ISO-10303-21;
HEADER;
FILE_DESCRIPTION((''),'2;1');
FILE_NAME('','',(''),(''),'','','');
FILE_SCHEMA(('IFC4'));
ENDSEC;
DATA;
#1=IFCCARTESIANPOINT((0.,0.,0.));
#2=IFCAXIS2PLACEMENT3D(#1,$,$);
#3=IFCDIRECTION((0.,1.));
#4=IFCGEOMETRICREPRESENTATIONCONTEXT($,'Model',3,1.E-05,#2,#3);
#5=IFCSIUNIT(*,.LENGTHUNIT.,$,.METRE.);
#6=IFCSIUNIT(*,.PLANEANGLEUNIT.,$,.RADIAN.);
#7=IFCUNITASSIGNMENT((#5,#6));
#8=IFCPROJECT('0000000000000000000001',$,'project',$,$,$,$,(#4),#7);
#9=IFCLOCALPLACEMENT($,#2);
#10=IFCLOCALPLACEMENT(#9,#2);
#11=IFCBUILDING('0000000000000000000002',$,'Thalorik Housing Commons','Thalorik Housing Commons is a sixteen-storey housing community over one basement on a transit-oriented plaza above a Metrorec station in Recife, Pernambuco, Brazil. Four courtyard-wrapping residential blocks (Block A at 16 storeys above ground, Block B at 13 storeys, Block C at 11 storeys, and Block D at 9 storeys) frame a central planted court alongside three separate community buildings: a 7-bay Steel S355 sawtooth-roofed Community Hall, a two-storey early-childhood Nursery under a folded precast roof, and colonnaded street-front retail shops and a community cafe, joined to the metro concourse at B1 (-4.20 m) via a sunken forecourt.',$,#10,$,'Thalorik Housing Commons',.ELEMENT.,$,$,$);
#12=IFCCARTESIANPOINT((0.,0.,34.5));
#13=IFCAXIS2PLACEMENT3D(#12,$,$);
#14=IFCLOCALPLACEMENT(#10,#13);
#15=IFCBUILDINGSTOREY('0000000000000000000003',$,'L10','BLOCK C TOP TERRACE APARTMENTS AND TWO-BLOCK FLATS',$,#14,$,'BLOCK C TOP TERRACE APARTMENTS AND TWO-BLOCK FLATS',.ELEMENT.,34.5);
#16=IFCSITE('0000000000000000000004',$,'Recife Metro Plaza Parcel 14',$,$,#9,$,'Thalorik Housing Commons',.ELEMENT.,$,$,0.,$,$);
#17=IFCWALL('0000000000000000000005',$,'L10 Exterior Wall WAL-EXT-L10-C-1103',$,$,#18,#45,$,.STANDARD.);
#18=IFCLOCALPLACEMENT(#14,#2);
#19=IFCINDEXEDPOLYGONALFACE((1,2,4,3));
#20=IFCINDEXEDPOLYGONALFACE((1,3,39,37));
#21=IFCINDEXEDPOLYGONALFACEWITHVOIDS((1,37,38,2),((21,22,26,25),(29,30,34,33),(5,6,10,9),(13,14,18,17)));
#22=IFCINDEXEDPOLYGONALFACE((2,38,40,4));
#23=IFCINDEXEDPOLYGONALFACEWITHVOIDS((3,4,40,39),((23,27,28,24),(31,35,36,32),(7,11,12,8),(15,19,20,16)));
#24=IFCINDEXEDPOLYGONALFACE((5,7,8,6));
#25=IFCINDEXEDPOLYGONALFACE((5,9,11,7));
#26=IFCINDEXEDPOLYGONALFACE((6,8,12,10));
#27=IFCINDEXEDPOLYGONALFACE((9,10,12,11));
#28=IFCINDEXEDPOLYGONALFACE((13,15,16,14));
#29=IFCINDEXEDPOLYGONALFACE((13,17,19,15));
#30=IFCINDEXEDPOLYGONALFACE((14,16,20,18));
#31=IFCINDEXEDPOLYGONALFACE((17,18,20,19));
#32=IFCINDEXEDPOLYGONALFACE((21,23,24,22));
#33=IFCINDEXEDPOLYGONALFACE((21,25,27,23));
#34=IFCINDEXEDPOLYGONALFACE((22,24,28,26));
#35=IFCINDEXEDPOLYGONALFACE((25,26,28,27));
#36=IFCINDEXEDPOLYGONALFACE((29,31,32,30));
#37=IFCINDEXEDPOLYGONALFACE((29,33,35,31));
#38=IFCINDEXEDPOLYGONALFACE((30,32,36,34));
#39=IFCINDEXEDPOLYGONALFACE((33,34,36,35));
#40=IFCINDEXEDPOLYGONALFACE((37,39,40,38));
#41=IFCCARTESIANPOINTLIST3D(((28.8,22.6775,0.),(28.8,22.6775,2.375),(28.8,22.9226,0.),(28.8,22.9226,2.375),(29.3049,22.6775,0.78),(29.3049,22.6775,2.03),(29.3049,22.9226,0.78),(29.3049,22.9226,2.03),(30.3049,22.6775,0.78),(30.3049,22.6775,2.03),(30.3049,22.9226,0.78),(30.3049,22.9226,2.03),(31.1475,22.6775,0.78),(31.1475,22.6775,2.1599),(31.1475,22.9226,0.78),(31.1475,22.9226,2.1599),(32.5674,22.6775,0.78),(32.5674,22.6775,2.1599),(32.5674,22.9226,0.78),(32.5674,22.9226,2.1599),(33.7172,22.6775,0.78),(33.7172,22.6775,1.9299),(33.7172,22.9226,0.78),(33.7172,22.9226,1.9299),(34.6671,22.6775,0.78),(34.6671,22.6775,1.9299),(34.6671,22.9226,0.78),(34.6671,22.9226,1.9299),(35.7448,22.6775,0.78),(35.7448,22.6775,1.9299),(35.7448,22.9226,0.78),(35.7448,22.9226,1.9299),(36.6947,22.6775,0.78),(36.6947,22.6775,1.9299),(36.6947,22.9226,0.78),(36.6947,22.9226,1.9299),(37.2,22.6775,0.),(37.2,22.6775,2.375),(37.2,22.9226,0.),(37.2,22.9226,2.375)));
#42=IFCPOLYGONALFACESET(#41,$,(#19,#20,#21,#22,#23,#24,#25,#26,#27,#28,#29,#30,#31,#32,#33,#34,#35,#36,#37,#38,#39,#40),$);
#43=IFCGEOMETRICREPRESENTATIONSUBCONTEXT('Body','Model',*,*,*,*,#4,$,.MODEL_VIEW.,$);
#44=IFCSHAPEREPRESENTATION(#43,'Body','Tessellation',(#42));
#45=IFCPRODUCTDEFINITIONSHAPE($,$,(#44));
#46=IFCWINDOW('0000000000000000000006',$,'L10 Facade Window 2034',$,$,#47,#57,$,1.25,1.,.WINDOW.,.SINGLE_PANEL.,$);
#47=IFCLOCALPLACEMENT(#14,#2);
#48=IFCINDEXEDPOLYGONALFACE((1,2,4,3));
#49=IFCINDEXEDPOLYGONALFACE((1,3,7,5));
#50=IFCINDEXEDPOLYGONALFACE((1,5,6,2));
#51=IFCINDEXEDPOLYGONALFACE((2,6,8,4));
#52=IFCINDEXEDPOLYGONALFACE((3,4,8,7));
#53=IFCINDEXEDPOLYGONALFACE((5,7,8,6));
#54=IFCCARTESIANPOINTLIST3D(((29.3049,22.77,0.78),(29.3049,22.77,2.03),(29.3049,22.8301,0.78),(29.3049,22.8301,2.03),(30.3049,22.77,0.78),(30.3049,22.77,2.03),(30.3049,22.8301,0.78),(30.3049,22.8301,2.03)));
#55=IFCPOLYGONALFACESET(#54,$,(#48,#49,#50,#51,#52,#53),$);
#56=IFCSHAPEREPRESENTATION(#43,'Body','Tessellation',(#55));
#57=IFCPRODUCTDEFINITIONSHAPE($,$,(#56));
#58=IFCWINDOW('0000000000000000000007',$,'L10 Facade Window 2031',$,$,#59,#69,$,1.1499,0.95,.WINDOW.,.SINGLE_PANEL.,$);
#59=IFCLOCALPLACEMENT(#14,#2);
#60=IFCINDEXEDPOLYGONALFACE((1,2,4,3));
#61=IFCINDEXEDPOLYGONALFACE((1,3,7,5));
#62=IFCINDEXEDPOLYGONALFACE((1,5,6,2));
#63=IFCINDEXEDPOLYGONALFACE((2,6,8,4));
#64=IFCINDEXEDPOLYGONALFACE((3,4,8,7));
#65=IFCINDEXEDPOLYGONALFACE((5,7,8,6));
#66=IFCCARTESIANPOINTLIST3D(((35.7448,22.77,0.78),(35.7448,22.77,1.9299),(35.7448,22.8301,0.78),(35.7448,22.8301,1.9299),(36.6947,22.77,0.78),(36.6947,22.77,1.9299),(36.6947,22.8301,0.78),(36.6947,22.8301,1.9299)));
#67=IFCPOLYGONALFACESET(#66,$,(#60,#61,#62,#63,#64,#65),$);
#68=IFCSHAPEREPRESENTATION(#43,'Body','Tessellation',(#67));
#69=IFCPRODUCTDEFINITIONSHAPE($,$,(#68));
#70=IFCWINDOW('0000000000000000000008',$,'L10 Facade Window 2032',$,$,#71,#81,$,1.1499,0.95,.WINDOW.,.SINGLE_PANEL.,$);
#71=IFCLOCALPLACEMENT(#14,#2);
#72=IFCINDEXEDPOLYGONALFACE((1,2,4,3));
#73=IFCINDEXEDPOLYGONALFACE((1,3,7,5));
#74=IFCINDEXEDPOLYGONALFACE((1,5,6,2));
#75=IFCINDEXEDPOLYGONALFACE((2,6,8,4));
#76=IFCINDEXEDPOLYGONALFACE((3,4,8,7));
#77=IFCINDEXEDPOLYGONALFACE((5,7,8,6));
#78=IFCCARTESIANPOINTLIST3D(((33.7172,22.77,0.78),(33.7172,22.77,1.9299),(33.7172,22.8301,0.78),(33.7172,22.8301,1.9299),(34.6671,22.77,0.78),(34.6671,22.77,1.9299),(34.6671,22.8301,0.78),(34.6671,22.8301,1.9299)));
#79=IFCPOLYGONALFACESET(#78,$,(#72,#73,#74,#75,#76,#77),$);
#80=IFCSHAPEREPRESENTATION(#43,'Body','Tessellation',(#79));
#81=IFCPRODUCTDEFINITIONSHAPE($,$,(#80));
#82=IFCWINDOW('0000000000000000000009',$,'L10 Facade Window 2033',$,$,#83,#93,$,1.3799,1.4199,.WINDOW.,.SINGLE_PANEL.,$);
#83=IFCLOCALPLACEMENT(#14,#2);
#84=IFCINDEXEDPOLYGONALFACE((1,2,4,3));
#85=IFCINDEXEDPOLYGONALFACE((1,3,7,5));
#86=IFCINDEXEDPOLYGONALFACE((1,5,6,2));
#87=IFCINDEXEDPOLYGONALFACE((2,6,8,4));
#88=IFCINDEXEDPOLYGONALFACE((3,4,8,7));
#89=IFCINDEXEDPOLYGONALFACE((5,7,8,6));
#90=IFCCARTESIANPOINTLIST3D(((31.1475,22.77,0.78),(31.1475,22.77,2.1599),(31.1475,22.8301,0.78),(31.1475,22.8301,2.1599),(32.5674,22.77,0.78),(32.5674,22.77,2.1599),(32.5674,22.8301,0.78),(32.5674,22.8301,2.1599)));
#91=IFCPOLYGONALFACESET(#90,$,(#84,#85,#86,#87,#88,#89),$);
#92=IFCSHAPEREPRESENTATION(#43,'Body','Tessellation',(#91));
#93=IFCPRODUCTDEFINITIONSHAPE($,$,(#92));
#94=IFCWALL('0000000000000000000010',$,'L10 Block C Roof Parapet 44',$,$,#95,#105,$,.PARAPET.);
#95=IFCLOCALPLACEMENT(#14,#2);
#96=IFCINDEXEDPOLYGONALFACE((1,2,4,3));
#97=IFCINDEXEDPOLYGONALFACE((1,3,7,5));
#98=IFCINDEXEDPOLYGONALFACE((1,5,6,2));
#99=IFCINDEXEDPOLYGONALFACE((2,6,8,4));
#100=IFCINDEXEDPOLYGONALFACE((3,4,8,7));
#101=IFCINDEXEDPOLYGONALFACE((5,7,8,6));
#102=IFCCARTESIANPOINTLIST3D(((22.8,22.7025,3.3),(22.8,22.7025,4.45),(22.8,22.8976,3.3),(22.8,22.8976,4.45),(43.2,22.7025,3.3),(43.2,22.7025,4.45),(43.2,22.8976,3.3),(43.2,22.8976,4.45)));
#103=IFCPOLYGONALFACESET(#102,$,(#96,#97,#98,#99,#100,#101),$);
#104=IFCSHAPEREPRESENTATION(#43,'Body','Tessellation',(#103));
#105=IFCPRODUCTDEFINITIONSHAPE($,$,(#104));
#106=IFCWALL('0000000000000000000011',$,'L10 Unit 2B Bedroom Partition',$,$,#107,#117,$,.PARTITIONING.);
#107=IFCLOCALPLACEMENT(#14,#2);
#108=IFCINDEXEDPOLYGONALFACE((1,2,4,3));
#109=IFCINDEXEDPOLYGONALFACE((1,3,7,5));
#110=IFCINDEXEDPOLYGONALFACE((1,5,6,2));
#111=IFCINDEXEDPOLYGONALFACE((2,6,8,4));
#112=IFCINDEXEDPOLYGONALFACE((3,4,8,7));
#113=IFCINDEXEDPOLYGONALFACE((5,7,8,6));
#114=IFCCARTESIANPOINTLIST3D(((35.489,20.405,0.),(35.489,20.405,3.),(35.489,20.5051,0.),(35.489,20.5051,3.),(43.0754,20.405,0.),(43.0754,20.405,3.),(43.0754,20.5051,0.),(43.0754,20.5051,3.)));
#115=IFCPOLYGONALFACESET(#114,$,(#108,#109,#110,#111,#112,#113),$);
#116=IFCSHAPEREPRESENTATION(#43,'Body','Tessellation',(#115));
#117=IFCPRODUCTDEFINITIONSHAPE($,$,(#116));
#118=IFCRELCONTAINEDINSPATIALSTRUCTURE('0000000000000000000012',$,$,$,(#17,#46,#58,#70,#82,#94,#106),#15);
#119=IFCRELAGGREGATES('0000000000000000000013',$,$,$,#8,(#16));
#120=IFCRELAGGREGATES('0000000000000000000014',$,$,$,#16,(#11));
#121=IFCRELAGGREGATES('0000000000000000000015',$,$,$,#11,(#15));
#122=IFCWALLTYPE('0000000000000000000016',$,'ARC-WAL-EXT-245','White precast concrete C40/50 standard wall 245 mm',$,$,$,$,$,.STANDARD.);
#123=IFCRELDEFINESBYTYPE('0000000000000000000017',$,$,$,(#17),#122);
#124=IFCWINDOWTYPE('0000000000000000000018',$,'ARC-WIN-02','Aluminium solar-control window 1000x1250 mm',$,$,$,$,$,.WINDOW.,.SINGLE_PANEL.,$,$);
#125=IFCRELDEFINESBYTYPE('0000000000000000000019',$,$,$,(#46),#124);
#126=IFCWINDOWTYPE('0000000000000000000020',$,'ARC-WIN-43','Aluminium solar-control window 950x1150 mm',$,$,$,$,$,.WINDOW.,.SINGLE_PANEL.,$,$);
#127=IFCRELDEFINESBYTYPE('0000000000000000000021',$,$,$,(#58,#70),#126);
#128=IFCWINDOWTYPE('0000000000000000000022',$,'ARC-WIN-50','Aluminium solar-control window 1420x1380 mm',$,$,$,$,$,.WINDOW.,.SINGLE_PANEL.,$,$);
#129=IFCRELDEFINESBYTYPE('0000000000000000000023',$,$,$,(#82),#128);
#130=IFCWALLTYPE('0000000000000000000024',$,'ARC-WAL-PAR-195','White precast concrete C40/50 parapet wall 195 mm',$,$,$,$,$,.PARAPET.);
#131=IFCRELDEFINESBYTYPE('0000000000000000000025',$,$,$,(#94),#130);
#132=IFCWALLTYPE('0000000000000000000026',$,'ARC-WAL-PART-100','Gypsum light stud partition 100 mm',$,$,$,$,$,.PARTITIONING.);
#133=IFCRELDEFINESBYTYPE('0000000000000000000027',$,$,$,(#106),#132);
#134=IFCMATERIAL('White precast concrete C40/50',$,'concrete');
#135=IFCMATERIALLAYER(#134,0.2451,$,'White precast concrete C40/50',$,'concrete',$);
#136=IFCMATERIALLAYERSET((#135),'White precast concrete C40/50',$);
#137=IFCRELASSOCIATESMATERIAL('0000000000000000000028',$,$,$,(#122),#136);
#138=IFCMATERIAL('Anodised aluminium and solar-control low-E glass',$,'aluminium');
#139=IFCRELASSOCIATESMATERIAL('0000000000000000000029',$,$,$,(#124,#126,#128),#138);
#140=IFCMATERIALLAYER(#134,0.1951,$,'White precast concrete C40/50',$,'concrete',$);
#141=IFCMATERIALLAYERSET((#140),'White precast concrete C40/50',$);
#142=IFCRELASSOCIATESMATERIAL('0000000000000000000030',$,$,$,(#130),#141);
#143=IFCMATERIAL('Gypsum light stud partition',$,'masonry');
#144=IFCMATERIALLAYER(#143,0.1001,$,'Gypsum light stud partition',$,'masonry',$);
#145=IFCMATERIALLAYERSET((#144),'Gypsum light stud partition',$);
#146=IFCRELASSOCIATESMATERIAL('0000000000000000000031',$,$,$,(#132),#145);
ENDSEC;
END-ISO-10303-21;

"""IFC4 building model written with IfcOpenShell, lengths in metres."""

from ifc_helpers import new_model, si_unit, direction, frame, frame_2d, origin, place, context, subcontext, project, spatial, rectangle, extrude, material, layer, layer_set, type_object, element, fill, save


model = new_model("IFC4")

# Units and contexts
model_context = context("Model", 3, precision=1e-05, world=origin(), true_north=direction((0.0, 1.0)))
body_context = subcontext(model_context, "Body", "Model", "MODEL_VIEW")
ifc_project = project(units=[si_unit("LENGTHUNIT", "METRE"), si_unit("PLANEANGLEUNIT", "RADIAN")], contexts=[model_context])

# Site, building, storey
site_placement = place(None, origin())
site = spatial("IfcSite", under=ifc_project, at=site_placement, Name="Recife Metro Plaza Parcel 14", LongName="Thalorik Housing Commons", CompositionType="ELEMENT", RefElevation=0.0)
building_placement = place(site_placement, origin())
building = spatial("IfcBuilding", under=site, at=building_placement, Name="Thalorik Housing Commons", Description="Thalorik Housing Commons is a sixteen-storey housing community over one basement on a transit-oriented plaza above a Metrorec station in Recife, Pernambuco, Brazil. Four courtyard-wrapping residential blocks (Block A at 16 storeys above ground, Block B at 13 storeys, Block C at 11 storeys, and Block D at 9 storeys) frame a central planted court alongside three separate community buildings: a 7-bay Steel S355 sawtooth-roofed Community Hall, a two-storey early-childhood Nursery under a folded precast roof, and colonnaded street-front retail shops and a community cafe, joined to the metro concourse at B1 (-4.20 m) via a sunken forecourt.", LongName="Thalorik Housing Commons", CompositionType="ELEMENT")
storey_placement = place(building_placement, frame((0.0, 0.0, 34.5)))
storey = spatial("IfcBuildingStorey", under=building, at=storey_placement, Name="L10", Description="BLOCK C TOP TERRACE APARTMENTS AND TWO-BLOCK FLATS", LongName="BLOCK C TOP TERRACE APARTMENTS AND TWO-BLOCK FLATS", CompositionType="ELEMENT", Elevation=34.5)

# Wall, openings, windows
ifc_material_1 = material(Name="White precast concrete C40/50", Category="concrete")
ifc_layer_1 = layer(ifc_material_1, 0.2451, Name="White precast concrete C40/50", Category="concrete")
ifc_layer_set_1 = layer_set([ifc_layer_1], Name="White precast concrete C40/50")
wall_type_1 = type_object("IfcWallType", Name="ARC-WAL-EXT-245", Description="White precast concrete C40/50 standard wall 245 mm", PredefinedType="STANDARD", material=ifc_layer_set_1)
ifc_material_2 = material(Name="Anodised aluminium and solar-control low-E glass", Category="aluminium")
wall_1_placement = place(storey_placement, frame((37.2, 22.8, 0.0), z_axis=(0.0, 0.0, 1.0), x_axis=(-1.0, 0.0, 0.0)))
wall_1 = element("IfcWall", 1, at=wall_1_placement, inside=storey, type_object=wall_type_1, Name="L10 Exterior Wall WAL-EXT-L10-C-1103", PredefinedType="STANDARD", context=body_context, shape_type="SweptSolid", body=[
    extrude(rectangle(XDim=8.3999, YDim=0.2451, at=frame_2d((4.2, 0.0))), origin(), (0.0, 0.0, 1.0), 2.375),
])
opening_1_placement = place(wall_1_placement, frame((0.5051, 0.0, 0.78)))
opening_1 = element("IfcOpeningElement", 2, at=opening_1_placement, cuts=wall_1, PredefinedType="OPENING", context=body_context, shape_type="SweptSolid", body=[
    extrude(rectangle(XDim=0.95, YDim=1.1499, at=frame_2d((0.4751, 0.575))), frame((0.0, 0.1326, 0.0), z_axis=(0.0, -1.0, 0.0), x_axis=(1.0, 0.0, 0.0)), (0.0, 0.0, 1.0), 0.2651),
])
opening_2_placement = place(wall_1_placement, frame((2.5327, 0.0, 0.78)))
opening_2 = element("IfcOpeningElement", 3, at=opening_2_placement, cuts=wall_1, PredefinedType="OPENING", context=body_context, shape_type="SweptSolid", body=[
    extrude(rectangle(XDim=0.95, YDim=1.1499, at=frame_2d((0.4751, 0.575))), frame((0.0, 0.1326, 0.0), z_axis=(0.0, -1.0, 0.0), x_axis=(1.0, 0.0, 0.0)), (0.0, 0.0, 1.0), 0.2651),
])
opening_3_placement = place(wall_1_placement, frame((4.6326, 0.0, 0.78)))
opening_3 = element("IfcOpeningElement", 4, at=opening_3_placement, cuts=wall_1, PredefinedType="OPENING", context=body_context, shape_type="SweptSolid", body=[
    extrude(rectangle(XDim=1.4199, YDim=1.3799, at=frame_2d((0.71, 0.6899))), frame((0.0, 0.1326, 0.0), z_axis=(0.0, -1.0, 0.0), x_axis=(1.0, 0.0, 0.0)), (0.0, 0.0, 1.0), 0.2651),
])
opening_4_placement = place(wall_1_placement, frame((6.895, 0.0, 0.78)))
opening_4 = element("IfcOpeningElement", 5, at=opening_4_placement, cuts=wall_1, PredefinedType="OPENING", context=body_context, shape_type="SweptSolid", body=[
    extrude(rectangle(XDim=1.0, YDim=1.25, at=frame_2d((0.5, 0.625))), frame((0.0, 0.1326, 0.0), z_axis=(0.0, -1.0, 0.0), x_axis=(1.0, 0.0, 0.0)), (0.0, 0.0, 1.0), 0.2651),
])
window_type_1 = type_object("IfcWindowType", Name="ARC-WIN-02", Description="Aluminium solar-control window 1000x1250 mm", PartitioningType="SINGLE_PANEL", PredefinedType="WINDOW", material=ifc_material_2)
window_1_placement = place(opening_4_placement, origin())
window_1 = element("IfcWindow", 6, at=window_1_placement, inside=storey, type_object=window_type_1, Name="L10 Facade Window 2034", OverallHeight=1.25, OverallWidth=1.0, PartitioningType="SINGLE_PANEL", PredefinedType="WINDOW", context=body_context, shape_type="SweptSolid", body=[
    extrude(rectangle(XDim=1.0, YDim=1.25, at=frame_2d((0.5, 0.625))), frame((0.0, 0.03, 0.0), z_axis=(0.0, -1.0, 0.0), x_axis=(1.0, 0.0, 0.0)), (0.0, 0.0, 1.0), 0.0601),
])
fill(opening_4, window_1)
window_type_2 = type_object("IfcWindowType", Name="ARC-WIN-43", Description="Aluminium solar-control window 950x1150 mm", PartitioningType="SINGLE_PANEL", PredefinedType="WINDOW", material=ifc_material_2)
window_2_placement = place(opening_1_placement, origin())
window_2 = element("IfcWindow", 7, at=window_2_placement, inside=storey, type_object=window_type_2, Name="L10 Facade Window 2031", OverallHeight=1.1499, OverallWidth=0.95, PartitioningType="SINGLE_PANEL", PredefinedType="WINDOW", context=body_context, shape_type="SweptSolid", body=[
    extrude(rectangle(XDim=0.95, YDim=1.1499, at=frame_2d((0.4751, 0.575))), frame((0.0, 0.03, 0.0), z_axis=(0.0, -1.0, 0.0), x_axis=(1.0, 0.0, 0.0)), (0.0, 0.0, 1.0), 0.0601),
])
fill(opening_1, window_2)
window_3_placement = place(opening_2_placement, origin())
window_3 = element("IfcWindow", 8, at=window_3_placement, inside=storey, type_object=window_type_2, Name="L10 Facade Window 2032", OverallHeight=1.1499, OverallWidth=0.95, PartitioningType="SINGLE_PANEL", PredefinedType="WINDOW", context=body_context, shape_type="SweptSolid", body=[
    extrude(rectangle(XDim=0.95, YDim=1.1499, at=frame_2d((0.4751, 0.575))), frame((0.0, 0.03, 0.0), z_axis=(0.0, -1.0, 0.0), x_axis=(1.0, 0.0, 0.0)), (0.0, 0.0, 1.0), 0.0601),
])
fill(opening_2, window_3)
window_type_3 = type_object("IfcWindowType", Name="ARC-WIN-50", Description="Aluminium solar-control window 1420x1380 mm", PartitioningType="SINGLE_PANEL", PredefinedType="WINDOW", material=ifc_material_2)
window_4_placement = place(opening_3_placement, origin())
window_4 = element("IfcWindow", 9, at=window_4_placement, inside=storey, type_object=window_type_3, Name="L10 Facade Window 2033", OverallHeight=1.3799, OverallWidth=1.4199, PartitioningType="SINGLE_PANEL", PredefinedType="WINDOW", context=body_context, shape_type="SweptSolid", body=[
    extrude(rectangle(XDim=1.4199, YDim=1.3799, at=frame_2d((0.71, 0.6899))), frame((0.0, 0.03, 0.0), z_axis=(0.0, -1.0, 0.0), x_axis=(1.0, 0.0, 0.0)), (0.0, 0.0, 1.0), 0.0601),
])
fill(opening_3, window_4)

# Walls
ifc_layer_2 = layer(ifc_material_1, 0.1951, Name="White precast concrete C40/50", Category="concrete")
ifc_layer_set_2 = layer_set([ifc_layer_2], Name="White precast concrete C40/50")
wall_type_2 = type_object("IfcWallType", Name="ARC-WAL-PAR-195", Description="White precast concrete C40/50 parapet wall 195 mm", PredefinedType="PARAPET", material=ifc_layer_set_2)
wall_2_placement = place(storey_placement, frame((43.2, 22.8, 3.3), z_axis=(0.0, 0.0, 1.0), x_axis=(-1.0, 0.0, 0.0)))
element("IfcWall", 10, at=wall_2_placement, inside=storey, type_object=wall_type_2, Name="L10 Block C Roof Parapet 44", PredefinedType="PARAPET", context=body_context, shape_type="SweptSolid", body=[
    extrude(rectangle(XDim=20.3999, YDim=0.1951, at=frame_2d((10.2, 0.0))), origin(), (0.0, 0.0, 1.0), 1.1499),
])
ifc_material_3 = material(Name="Gypsum light stud partition", Category="masonry")
ifc_layer_3 = layer(ifc_material_3, 0.1001, Name="Gypsum light stud partition", Category="masonry")
ifc_layer_set_3 = layer_set([ifc_layer_3], Name="Gypsum light stud partition")
wall_type_3 = type_object("IfcWallType", Name="ARC-WAL-PART-100", Description="Gypsum light stud partition 100 mm", PredefinedType="PARTITIONING", material=ifc_layer_set_3)
wall_3_placement = place(storey_placement, frame((35.489, 20.4551, 0.0), z_axis=(0.0, 0.0, 1.0), x_axis=(1.0, 0.0, 0.0)))
element("IfcWall", 11, at=wall_3_placement, inside=storey, type_object=wall_type_3, Name="L10 Unit 2B Bedroom Partition", PredefinedType="PARTITIONING", context=body_context, shape_type="SweptSolid", body=[
    extrude(rectangle(XDim=7.5864, YDim=0.1001, at=frame_2d((3.7932, 0.0))), origin(), (0.0, 0.0, 1.0), 3.0),
])

save(model, "model.ifc")
